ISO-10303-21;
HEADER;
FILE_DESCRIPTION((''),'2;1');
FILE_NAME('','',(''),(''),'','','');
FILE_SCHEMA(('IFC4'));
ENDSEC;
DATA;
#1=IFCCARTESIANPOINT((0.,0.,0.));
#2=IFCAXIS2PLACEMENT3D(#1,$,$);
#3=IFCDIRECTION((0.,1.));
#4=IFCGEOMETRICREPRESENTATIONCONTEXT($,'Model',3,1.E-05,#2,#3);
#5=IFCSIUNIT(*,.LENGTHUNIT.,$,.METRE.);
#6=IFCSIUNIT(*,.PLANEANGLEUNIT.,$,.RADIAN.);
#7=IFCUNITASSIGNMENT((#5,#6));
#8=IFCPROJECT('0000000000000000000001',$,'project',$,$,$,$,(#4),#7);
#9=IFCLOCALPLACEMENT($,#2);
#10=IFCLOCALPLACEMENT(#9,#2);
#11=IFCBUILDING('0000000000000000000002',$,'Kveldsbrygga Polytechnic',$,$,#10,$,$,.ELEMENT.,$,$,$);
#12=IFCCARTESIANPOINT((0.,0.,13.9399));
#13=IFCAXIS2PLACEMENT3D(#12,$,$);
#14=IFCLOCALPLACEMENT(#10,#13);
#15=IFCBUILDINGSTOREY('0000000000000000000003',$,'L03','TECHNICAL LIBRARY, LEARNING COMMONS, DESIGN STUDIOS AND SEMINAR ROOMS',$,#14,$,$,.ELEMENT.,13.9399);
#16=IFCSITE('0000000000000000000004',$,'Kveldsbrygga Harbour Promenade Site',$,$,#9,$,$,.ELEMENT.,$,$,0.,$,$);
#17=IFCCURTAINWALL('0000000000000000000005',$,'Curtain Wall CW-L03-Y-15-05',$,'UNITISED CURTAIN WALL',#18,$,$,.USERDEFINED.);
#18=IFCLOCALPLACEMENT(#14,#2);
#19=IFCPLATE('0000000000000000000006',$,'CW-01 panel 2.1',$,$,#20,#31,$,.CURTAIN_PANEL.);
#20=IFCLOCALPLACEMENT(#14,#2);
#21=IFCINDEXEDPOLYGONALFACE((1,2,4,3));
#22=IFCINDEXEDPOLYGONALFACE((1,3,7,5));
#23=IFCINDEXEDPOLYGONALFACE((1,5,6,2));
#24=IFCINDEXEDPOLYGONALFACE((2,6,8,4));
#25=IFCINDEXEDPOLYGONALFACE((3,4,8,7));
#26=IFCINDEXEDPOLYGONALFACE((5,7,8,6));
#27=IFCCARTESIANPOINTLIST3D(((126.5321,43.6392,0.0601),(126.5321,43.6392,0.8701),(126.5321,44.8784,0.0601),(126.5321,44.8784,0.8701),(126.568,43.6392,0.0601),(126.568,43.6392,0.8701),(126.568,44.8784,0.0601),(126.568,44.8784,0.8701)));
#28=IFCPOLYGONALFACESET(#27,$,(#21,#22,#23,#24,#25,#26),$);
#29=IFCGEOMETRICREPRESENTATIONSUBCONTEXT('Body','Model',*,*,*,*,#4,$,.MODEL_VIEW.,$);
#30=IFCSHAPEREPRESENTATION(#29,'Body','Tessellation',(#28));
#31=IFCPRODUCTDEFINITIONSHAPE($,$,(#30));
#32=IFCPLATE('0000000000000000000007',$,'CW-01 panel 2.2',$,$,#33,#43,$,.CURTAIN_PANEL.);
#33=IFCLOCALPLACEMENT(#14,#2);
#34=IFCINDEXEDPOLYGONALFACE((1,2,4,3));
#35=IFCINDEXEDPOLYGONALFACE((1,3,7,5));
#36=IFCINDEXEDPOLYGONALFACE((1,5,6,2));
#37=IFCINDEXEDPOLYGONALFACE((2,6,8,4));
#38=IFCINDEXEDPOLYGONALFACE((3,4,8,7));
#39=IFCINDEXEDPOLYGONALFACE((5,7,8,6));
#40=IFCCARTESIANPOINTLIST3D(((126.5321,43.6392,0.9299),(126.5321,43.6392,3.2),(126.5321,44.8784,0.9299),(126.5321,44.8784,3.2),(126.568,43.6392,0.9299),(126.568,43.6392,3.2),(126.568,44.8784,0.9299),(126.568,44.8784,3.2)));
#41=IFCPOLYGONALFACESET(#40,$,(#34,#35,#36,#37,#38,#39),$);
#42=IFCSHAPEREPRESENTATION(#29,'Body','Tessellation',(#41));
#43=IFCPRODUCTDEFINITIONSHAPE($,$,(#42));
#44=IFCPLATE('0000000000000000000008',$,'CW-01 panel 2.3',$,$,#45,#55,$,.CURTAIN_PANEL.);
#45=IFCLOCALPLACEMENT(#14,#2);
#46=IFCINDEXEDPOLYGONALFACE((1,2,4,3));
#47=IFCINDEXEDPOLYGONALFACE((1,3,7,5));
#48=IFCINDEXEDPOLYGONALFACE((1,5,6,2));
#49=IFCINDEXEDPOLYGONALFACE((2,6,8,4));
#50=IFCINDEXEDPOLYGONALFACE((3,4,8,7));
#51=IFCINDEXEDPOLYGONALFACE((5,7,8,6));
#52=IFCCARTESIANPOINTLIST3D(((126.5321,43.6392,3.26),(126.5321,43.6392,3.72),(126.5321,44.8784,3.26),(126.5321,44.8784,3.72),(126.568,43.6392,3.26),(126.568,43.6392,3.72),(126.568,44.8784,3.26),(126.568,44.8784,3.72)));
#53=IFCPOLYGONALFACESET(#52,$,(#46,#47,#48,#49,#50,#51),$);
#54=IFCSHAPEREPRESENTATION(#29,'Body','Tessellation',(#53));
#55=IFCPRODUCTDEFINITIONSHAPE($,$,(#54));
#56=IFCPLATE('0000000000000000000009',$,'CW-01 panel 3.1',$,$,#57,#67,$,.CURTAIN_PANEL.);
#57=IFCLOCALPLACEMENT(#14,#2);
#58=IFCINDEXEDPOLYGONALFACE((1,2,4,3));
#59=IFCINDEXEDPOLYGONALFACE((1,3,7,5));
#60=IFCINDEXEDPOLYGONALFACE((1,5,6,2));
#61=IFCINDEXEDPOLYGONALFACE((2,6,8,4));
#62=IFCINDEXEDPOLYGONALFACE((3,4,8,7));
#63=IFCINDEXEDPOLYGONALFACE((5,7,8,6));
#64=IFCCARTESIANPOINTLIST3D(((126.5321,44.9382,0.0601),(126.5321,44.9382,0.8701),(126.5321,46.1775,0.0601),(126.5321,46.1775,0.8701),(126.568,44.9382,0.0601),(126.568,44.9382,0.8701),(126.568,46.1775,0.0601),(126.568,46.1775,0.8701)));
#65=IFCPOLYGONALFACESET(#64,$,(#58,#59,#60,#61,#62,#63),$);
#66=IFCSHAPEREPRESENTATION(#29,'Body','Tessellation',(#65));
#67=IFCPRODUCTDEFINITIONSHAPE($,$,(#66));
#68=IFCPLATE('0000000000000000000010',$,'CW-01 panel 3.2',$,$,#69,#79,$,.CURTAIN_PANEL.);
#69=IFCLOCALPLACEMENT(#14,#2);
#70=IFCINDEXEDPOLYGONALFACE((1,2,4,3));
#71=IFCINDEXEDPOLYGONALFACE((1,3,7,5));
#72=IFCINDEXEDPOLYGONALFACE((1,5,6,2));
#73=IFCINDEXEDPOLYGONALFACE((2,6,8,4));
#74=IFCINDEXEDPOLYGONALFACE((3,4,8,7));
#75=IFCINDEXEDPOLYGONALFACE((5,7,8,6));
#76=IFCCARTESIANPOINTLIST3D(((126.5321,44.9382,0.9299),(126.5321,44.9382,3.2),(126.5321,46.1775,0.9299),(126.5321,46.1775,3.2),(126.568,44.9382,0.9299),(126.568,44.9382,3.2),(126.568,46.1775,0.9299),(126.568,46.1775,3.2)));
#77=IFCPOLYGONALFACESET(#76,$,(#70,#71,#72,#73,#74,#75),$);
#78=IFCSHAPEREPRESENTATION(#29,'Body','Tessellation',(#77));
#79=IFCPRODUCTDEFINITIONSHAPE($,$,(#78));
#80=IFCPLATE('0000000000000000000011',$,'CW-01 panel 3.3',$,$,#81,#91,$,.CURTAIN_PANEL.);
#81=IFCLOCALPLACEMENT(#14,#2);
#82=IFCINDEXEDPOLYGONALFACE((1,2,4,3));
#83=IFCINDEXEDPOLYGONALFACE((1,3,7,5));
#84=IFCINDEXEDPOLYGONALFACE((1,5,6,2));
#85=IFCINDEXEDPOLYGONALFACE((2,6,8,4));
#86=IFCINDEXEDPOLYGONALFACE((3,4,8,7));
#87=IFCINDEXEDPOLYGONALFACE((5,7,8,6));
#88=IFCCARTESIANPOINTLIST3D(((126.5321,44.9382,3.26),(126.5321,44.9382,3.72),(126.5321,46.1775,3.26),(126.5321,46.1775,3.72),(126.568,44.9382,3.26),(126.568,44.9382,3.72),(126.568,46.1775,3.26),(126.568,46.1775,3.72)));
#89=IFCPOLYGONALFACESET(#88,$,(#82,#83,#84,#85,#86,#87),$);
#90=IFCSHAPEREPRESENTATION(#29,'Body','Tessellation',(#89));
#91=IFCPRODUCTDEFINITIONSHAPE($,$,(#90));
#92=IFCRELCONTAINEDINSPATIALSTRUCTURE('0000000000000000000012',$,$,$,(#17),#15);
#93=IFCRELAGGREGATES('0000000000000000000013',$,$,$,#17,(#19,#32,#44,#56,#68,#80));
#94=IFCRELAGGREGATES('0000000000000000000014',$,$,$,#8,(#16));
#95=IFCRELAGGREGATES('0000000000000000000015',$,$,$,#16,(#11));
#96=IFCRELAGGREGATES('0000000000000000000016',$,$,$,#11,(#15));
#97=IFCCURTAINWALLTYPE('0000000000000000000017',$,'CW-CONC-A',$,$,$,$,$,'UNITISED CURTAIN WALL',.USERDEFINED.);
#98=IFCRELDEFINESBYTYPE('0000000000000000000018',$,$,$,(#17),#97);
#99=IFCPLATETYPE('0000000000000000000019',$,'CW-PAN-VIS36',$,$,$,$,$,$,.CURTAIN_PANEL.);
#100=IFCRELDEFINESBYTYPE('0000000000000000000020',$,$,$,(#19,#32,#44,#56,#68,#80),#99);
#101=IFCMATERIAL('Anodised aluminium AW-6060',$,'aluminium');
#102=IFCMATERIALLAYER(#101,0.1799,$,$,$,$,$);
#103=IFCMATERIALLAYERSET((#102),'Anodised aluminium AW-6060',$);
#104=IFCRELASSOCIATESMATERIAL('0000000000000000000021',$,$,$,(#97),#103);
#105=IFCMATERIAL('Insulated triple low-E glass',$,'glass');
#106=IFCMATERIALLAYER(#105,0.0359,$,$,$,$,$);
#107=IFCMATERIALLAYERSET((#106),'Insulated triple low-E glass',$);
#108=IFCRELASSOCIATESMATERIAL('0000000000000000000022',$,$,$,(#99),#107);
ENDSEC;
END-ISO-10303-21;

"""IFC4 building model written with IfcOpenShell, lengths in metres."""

from ifc_helpers import new_model, si_unit, direction, frame, origin, origin_2d, place, context, subcontext, project, spatial, rectangle, extrude, material, layer, layer_set, type_object, element, aggregate, save


model = new_model("IFC4")

# Units and contexts
model_context = context("Model", 3, precision=1e-05, world=origin(), true_north=direction((0.0, 1.0)))
body_context = subcontext(model_context, "Body", "Model", "MODEL_VIEW")
ifc_project = project(units=[si_unit("LENGTHUNIT", "METRE"), si_unit("PLANEANGLEUNIT", "RADIAN")], contexts=[model_context])

# Site, building, storey
site_placement = place(None, origin())
site = spatial("IfcSite", under=ifc_project, at=site_placement, Name="Kveldsbrygga Harbour Promenade Site", CompositionType="ELEMENT", RefElevation=0.0)
building_placement = place(site_placement, origin())
building = spatial("IfcBuilding", under=site, at=building_placement, Name="Kveldsbrygga Polytechnic", CompositionType="ELEMENT")
storey_placement = place(building_placement, frame((0.0, 0.0, 13.9399)))
storey = spatial("IfcBuildingStorey", under=building, at=storey_placement, Name="L03", Description="TECHNICAL LIBRARY, LEARNING COMMONS, DESIGN STUDIOS AND SEMINAR ROOMS", CompositionType="ELEMENT", Elevation=13.9399)

# Curtain wall, plates
ifc_material_1 = material(Name="Anodised aluminium AW-6060", Category="aluminium")
ifc_layer_1 = layer(ifc_material_1, 0.1799)
ifc_layer_set_1 = layer_set([ifc_layer_1], Name="Anodised aluminium AW-6060")
curtain_wall_type = type_object("IfcCurtainWallType", Name="CW-CONC-A", ElementType="UNITISED CURTAIN WALL", PredefinedType="USERDEFINED", material=ifc_layer_set_1)
curtain_wall_placement = place(storey_placement, origin())
curtain_wall = element("IfcCurtainWall", 1, at=curtain_wall_placement, inside=storey, type_object=curtain_wall_type, Name="Curtain Wall CW-L03-Y-15-05", ObjectType="UNITISED CURTAIN WALL", PredefinedType="USERDEFINED")
ifc_material_2 = material(Name="Insulated triple low-E glass", Category="glass")
ifc_layer_2 = layer(ifc_material_2, 0.0359)
ifc_layer_set_2 = layer_set([ifc_layer_2], Name="Insulated triple low-E glass")
plate_type = type_object("IfcPlateType", Name="CW-PAN-VIS36", PredefinedType="CURTAIN_PANEL", material=ifc_layer_set_2)
plate_1_placement = place(storey_placement, frame((126.55, 44.2588, 0.0601), z_axis=(0.0, 0.0, 1.0), x_axis=(0.0, 1.0, 0.0)))
plate_1 = element("IfcPlate", 2, at=plate_1_placement, type_object=plate_type, Name="CW-01 panel 2.1", PredefinedType="CURTAIN_PANEL", context=body_context, shape_type="SweptSolid", body=[
    extrude(rectangle(XDim=1.2393, YDim=0.0359, at=origin_2d()), origin(), (0.0, 0.0, 1.0), 0.8101),
])
plate_2_placement = place(storey_placement, frame((126.55, 44.2588, 0.9299), z_axis=(0.0, 0.0, 1.0), x_axis=(0.0, 1.0, 0.0)))
plate_2 = element("IfcPlate", 3, at=plate_2_placement, type_object=plate_type, Name="CW-01 panel 2.2", PredefinedType="CURTAIN_PANEL", context=body_context, shape_type="SweptSolid", body=[
    extrude(rectangle(XDim=1.2393, YDim=0.0359, at=origin_2d()), origin(), (0.0, 0.0, 1.0), 2.27),
])
plate_3_placement = place(storey_placement, frame((126.55, 44.2588, 3.26), z_axis=(0.0, 0.0, 1.0), x_axis=(0.0, 1.0, 0.0)))
plate_3 = element("IfcPlate", 4, at=plate_3_placement, type_object=plate_type, Name="CW-01 panel 2.3", PredefinedType="CURTAIN_PANEL", context=body_context, shape_type="SweptSolid", body=[
    extrude(rectangle(XDim=1.2393, YDim=0.0359, at=origin_2d()), origin(), (0.0, 0.0, 1.0), 0.46),
])
plate_4_placement = place(storey_placement, frame((126.55, 45.5579, 0.0601), z_axis=(0.0, 0.0, 1.0), x_axis=(0.0, 1.0, 0.0)))
plate_4 = element("IfcPlate", 5, at=plate_4_placement, type_object=plate_type, Name="CW-01 panel 3.1", PredefinedType="CURTAIN_PANEL", context=body_context, shape_type="SweptSolid", body=[
    extrude(rectangle(XDim=1.2393, YDim=0.0359, at=origin_2d()), origin(), (0.0, 0.0, 1.0), 0.8101),
])
plate_5_placement = place(storey_placement, frame((126.55, 45.5579, 0.9299), z_axis=(0.0, 0.0, 1.0), x_axis=(0.0, 1.0, 0.0)))
plate_5 = element("IfcPlate", 6, at=plate_5_placement, type_object=plate_type, Name="CW-01 panel 3.2", PredefinedType="CURTAIN_PANEL", context=body_context, shape_type="SweptSolid", body=[
    extrude(rectangle(XDim=1.2393, YDim=0.0359, at=origin_2d()), origin(), (0.0, 0.0, 1.0), 2.27),
])
plate_6_placement = place(storey_placement, frame((126.55, 45.5579, 3.26), z_axis=(0.0, 0.0, 1.0), x_axis=(0.0, 1.0, 0.0)))
plate_6 = element("IfcPlate", 7, at=plate_6_placement, type_object=plate_type, Name="CW-01 panel 3.3", PredefinedType="CURTAIN_PANEL", context=body_context, shape_type="SweptSolid", body=[
    extrude(rectangle(XDim=1.2393, YDim=0.0359, at=origin_2d()), origin(), (0.0, 0.0, 1.0), 0.46),
])
aggregate(curtain_wall, [plate_1, plate_2, plate_3, plate_4, plate_5, plate_6])

save(model, "model.ifc")
